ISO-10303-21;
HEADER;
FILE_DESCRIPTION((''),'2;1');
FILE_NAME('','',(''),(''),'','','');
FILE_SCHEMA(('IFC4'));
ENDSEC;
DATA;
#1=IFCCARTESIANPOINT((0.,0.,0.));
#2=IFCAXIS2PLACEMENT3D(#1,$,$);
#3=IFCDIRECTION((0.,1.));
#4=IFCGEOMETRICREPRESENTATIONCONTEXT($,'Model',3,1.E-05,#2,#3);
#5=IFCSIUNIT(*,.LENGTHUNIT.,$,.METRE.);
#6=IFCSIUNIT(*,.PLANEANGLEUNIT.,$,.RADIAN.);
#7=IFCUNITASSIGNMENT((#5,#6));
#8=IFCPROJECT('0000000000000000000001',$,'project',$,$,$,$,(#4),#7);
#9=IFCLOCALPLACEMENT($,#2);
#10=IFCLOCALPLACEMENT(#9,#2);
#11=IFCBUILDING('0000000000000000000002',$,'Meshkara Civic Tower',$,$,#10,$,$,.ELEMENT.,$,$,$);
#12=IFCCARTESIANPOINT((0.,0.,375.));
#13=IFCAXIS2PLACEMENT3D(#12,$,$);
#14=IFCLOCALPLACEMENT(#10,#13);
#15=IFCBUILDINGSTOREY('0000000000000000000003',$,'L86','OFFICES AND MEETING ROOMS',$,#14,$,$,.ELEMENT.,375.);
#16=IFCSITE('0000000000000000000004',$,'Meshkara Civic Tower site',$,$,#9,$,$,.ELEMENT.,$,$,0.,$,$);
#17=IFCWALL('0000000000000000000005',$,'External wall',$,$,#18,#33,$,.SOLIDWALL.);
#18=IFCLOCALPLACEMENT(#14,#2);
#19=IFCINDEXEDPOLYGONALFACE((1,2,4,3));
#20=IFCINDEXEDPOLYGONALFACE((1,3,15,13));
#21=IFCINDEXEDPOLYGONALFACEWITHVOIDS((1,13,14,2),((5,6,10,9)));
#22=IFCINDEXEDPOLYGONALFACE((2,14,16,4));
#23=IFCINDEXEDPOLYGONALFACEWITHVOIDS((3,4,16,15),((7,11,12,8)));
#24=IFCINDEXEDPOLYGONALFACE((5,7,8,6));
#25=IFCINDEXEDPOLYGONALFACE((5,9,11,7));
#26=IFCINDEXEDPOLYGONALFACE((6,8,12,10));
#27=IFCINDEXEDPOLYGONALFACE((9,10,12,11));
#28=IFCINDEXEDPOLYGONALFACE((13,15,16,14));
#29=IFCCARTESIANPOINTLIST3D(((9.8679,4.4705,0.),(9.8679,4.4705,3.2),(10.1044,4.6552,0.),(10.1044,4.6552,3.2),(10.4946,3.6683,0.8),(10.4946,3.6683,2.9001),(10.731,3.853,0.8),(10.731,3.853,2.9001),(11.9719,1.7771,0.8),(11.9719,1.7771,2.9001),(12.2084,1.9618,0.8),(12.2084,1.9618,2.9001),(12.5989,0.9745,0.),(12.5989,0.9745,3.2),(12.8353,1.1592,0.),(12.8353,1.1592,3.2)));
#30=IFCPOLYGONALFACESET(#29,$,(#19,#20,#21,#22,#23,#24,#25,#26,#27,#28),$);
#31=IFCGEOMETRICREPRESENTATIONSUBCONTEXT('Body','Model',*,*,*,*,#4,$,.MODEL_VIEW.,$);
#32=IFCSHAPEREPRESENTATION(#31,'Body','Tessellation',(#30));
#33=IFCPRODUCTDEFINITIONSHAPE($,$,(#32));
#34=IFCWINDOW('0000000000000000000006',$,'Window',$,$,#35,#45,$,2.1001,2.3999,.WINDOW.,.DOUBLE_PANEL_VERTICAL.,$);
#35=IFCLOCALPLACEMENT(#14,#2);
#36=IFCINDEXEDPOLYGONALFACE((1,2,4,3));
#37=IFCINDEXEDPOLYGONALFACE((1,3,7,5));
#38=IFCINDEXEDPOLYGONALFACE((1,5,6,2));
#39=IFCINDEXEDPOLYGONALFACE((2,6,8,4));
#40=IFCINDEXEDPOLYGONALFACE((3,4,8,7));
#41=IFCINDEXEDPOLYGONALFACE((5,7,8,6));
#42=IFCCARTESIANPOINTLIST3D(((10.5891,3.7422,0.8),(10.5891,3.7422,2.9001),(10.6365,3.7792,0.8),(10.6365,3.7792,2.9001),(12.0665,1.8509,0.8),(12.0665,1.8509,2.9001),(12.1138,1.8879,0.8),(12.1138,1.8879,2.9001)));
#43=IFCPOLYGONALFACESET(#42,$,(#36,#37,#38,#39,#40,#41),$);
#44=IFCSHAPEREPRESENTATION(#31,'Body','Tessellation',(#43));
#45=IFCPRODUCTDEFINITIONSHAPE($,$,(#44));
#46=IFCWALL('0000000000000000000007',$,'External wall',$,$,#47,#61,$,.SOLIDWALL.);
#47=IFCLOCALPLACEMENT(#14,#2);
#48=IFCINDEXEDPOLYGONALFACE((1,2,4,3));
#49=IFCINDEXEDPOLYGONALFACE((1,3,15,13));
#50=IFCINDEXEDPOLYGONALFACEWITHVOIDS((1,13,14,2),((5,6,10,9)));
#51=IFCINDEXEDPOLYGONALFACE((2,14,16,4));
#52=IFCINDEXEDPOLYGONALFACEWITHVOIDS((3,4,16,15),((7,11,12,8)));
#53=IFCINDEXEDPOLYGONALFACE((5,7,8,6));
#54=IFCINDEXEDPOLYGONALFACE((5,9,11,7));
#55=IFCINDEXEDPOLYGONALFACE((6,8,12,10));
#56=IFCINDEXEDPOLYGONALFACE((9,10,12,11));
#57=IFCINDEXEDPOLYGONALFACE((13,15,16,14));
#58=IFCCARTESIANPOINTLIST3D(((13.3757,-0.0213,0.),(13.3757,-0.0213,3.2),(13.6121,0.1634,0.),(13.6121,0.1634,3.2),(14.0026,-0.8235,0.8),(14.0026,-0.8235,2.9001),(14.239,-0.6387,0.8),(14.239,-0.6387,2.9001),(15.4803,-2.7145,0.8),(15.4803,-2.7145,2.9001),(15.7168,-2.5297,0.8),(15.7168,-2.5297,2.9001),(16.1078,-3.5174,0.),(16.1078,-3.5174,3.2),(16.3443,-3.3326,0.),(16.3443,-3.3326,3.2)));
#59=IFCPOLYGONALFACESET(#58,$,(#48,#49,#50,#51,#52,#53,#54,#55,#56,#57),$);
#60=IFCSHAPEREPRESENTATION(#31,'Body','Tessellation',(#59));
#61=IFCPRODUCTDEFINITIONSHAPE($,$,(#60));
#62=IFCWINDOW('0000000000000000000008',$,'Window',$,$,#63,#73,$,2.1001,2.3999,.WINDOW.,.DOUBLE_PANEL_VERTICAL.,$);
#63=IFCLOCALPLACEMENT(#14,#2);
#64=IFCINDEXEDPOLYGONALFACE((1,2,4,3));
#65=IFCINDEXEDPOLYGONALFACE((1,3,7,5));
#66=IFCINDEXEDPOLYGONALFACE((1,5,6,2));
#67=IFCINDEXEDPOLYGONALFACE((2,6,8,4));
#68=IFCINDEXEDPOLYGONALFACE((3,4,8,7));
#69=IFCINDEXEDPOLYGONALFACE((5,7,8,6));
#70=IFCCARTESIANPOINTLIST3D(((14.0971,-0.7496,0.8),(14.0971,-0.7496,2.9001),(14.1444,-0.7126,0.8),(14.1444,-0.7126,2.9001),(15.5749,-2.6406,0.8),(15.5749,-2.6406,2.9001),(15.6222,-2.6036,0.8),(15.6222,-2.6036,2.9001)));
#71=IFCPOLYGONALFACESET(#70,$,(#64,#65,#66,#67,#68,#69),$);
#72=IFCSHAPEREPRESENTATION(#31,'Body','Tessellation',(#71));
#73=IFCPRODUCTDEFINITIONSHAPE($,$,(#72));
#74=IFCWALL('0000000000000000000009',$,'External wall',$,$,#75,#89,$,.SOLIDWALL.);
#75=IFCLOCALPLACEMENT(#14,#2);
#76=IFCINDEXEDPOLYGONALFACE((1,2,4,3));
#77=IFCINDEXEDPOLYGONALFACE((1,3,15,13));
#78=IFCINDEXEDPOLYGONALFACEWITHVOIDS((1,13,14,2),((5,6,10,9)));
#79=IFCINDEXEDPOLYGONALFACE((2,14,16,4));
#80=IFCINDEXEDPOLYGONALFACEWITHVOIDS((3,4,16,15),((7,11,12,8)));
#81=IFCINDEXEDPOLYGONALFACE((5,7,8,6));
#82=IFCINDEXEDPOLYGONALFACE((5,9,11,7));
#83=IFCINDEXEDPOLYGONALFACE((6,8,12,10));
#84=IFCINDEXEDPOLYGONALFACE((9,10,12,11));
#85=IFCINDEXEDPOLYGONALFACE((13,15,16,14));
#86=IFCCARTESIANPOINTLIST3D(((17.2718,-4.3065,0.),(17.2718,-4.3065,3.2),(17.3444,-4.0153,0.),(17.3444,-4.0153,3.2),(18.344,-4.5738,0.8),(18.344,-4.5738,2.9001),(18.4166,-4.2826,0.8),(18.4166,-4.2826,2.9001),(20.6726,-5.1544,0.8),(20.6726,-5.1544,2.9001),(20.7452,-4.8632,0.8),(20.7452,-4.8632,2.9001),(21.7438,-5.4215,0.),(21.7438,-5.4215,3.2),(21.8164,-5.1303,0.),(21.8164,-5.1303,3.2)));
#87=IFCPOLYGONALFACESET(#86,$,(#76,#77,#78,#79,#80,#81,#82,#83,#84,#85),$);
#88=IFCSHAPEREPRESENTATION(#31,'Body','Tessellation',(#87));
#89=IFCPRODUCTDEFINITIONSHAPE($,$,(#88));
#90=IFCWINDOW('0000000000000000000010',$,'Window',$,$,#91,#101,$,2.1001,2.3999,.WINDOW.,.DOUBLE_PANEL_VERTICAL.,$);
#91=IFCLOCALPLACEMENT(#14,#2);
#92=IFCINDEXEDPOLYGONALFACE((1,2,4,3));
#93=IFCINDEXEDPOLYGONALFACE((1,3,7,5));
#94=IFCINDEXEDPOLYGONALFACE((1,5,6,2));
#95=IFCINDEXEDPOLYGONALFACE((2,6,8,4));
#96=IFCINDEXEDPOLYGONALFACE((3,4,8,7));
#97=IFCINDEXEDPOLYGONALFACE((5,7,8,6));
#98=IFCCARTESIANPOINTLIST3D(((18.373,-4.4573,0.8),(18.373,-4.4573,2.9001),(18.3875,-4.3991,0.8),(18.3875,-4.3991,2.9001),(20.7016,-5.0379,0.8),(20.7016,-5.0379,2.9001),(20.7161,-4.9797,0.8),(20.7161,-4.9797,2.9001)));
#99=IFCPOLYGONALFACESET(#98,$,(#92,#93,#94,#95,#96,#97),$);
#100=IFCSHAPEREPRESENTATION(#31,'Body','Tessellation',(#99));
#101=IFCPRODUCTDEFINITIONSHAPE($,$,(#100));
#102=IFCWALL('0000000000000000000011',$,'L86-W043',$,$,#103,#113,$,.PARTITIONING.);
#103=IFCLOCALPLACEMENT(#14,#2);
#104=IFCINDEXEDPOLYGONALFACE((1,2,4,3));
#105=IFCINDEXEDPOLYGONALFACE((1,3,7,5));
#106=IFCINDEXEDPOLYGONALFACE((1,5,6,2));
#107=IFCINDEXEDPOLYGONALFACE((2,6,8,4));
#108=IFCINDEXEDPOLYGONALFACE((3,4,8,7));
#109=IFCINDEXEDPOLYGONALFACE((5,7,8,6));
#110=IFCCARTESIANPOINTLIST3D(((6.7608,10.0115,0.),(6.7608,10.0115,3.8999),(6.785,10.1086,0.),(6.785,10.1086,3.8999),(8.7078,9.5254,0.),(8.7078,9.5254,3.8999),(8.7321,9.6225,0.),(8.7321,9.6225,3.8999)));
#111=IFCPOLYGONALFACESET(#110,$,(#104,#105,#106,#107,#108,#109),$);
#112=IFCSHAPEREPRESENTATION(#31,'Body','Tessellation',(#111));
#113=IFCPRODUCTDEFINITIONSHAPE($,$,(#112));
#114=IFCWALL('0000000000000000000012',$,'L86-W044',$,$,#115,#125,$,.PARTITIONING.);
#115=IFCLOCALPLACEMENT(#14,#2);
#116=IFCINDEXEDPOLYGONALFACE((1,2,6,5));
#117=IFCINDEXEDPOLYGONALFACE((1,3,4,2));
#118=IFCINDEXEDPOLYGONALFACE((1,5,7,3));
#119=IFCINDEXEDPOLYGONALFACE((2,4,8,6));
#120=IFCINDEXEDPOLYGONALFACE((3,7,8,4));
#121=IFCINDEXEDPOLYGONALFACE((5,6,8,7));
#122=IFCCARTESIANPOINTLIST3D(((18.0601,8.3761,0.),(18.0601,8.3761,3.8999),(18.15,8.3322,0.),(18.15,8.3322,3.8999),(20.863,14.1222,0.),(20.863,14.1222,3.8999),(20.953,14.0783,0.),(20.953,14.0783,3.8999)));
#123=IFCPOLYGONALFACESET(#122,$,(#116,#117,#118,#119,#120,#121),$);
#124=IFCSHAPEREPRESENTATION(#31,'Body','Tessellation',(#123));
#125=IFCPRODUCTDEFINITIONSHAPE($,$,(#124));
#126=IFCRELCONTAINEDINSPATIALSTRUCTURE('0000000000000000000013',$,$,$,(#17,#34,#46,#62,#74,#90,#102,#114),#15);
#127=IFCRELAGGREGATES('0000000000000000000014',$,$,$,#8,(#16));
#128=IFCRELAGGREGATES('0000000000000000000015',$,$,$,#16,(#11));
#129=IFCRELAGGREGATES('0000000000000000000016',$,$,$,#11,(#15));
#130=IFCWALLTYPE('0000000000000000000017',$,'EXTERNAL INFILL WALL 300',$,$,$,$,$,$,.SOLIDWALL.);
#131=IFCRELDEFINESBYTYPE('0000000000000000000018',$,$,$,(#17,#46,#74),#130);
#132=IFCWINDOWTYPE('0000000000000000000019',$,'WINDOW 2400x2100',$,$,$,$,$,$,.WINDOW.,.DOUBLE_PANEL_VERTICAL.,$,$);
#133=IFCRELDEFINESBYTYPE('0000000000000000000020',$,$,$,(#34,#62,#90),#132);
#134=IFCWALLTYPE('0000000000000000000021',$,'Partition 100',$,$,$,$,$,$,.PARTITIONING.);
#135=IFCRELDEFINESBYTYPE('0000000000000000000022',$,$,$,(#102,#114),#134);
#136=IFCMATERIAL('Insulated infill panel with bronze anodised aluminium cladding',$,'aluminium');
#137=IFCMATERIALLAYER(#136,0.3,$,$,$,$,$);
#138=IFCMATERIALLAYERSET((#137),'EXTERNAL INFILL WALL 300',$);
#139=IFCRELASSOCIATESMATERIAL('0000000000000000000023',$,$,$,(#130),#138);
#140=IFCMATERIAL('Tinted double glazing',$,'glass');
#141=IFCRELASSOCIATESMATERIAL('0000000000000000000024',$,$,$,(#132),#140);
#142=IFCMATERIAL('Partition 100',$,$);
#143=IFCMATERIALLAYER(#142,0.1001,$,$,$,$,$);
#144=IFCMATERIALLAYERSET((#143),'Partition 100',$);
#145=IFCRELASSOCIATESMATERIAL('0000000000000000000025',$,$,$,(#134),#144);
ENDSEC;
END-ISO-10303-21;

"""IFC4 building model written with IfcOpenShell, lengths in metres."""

from ifc_helpers import new_model, si_unit, direction, frame, frame_2d, origin, place, context, subcontext, project, spatial, rectangle, extrude, material, layer, layer_set, type_object, element, fill, save


model = new_model("IFC4")

# Units and contexts
model_context = context("Model", 3, precision=1e-05, world=origin(), true_north=direction((0.0, 1.0)))
body_context = subcontext(model_context, "Body", "Model", "MODEL_VIEW")
ifc_project = project(units=[si_unit("LENGTHUNIT", "METRE"), si_unit("PLANEANGLEUNIT", "RADIAN")], contexts=[model_context])

# Site, building, storey
site_placement = place(None, origin())
site = spatial("IfcSite", under=ifc_project, at=site_placement, Name="Meshkara Civic Tower site", CompositionType="ELEMENT", RefElevation=0.0)
building_placement = place(site_placement, origin())
building = spatial("IfcBuilding", under=site, at=building_placement, Name="Meshkara Civic Tower", CompositionType="ELEMENT")
storey_placement = place(building_placement, frame((0.0, 0.0, 375.0)))
storey = spatial("IfcBuildingStorey", under=building, at=storey_placement, Name="L86", Description="OFFICES AND MEETING ROOMS", CompositionType="ELEMENT", Elevation=375.0)

# Walls, openings, windows
ifc_material_1 = material(Name="Insulated infill panel with bronze anodised aluminium cladding", Category="aluminium")
ifc_layer_1 = layer(ifc_material_1, 0.3)
ifc_layer_set_1 = layer_set([ifc_layer_1], Name="EXTERNAL INFILL WALL 300")
wall_type_1 = type_object("IfcWallType", Name="EXTERNAL INFILL WALL 300", PredefinedType="SOLIDWALL", material=ifc_layer_set_1)
wall_1_placement = place(storey_placement, frame((9.9861, 4.563, 0.0), z_axis=(0.0, 0.0, 1.0), x_axis=(0.615593, -0.788064, 0.0)))
wall_1 = element("IfcWall", 1, at=wall_1_placement, inside=storey, type_object=wall_type_1, Name="External wall", PredefinedType="SOLIDWALL", context=body_context, shape_type="SweptSolid", body=[
    extrude(rectangle(XDim=4.4363, YDim=0.3, at=frame_2d((2.2183, 0.0))), origin(), (0.0, 0.0, 1.0), 3.2),
])
opening_1_placement = place(wall_1_placement, frame((1.0181, 0.0, 0.8)))
opening_1 = element("IfcOpeningElement", 2, at=opening_1_placement, cuts=wall_1, PredefinedType="OPENING", context=body_context, shape_type="SweptSolid", body=[
    extrude(rectangle(XDim=2.3999, YDim=2.1001, at=frame_2d((1.2, 1.05))), frame((0.0, 0.1599, 0.0), z_axis=(0.0, -1.0, 0.0), x_axis=(1.0, 0.0, 0.0)), (0.0, 0.0, 1.0), 0.3201),
])
ifc_material_2 = material(Name="Tinted double glazing", Category="glass")
window_type = type_object("IfcWindowType", Name="WINDOW 2400x2100", PartitioningType="DOUBLE_PANEL_VERTICAL", PredefinedType="WINDOW", material=ifc_material_2)
window_1_placement = place(opening_1_placement, origin())
window_1 = element("IfcWindow", 3, at=window_1_placement, inside=storey, type_object=window_type, Name="Window", OverallHeight=2.1001, OverallWidth=2.3999, PartitioningType="DOUBLE_PANEL_VERTICAL", PredefinedType="WINDOW", context=body_context, shape_type="SweptSolid", body=[
    extrude(rectangle(XDim=2.3999, YDim=2.1001, at=frame_2d((1.2, 1.05))), frame((0.0, 0.03, 0.0), z_axis=(0.0, -1.0, 0.0), x_axis=(1.0, 0.0, 0.0)), (0.0, 0.0, 1.0), 0.0601),
])
fill(opening_1, window_1)
wall_2_placement = place(storey_placement, frame((13.4939, 0.071, 0.0), z_axis=(0.0, 0.0, 1.0), x_axis=(0.615764, -0.787931, 0.0)))
wall_2 = element("IfcWall", 4, at=wall_2_placement, inside=storey, type_object=wall_type_1, Name="External wall", PredefinedType="SOLIDWALL", context=body_context, shape_type="SweptSolid", body=[
    extrude(rectangle(XDim=4.437, YDim=0.3, at=frame_2d((2.2185, 0.0))), origin(), (0.0, 0.0, 1.0), 3.2),
])
opening_2_placement = place(wall_2_placement, frame((1.0181, 0.0, 0.8)))
opening_2 = element("IfcOpeningElement", 5, at=opening_2_placement, cuts=wall_2, PredefinedType="OPENING", context=body_context, shape_type="SweptSolid", body=[
    extrude(rectangle(XDim=2.3999, YDim=2.1001, at=frame_2d((1.2, 1.05))), frame((0.0, 0.1599, 0.0), z_axis=(0.0, -1.0, 0.0), x_axis=(1.0, 0.0, 0.0)), (0.0, 0.0, 1.0), 0.3201),
])
window_2_placement = place(opening_2_placement, origin())
window_2 = element("IfcWindow", 6, at=window_2_placement, inside=storey, type_object=window_type, Name="Window", OverallHeight=2.1001, OverallWidth=2.3999, PartitioningType="DOUBLE_PANEL_VERTICAL", PredefinedType="WINDOW", context=body_context, shape_type="SweptSolid", body=[
    extrude(rectangle(XDim=2.3999, YDim=2.1001, at=frame_2d((1.2, 1.05))), frame((0.0, 0.03, 0.0), z_axis=(0.0, -1.0, 0.0), x_axis=(1.0, 0.0, 0.0)), (0.0, 0.0, 1.0), 0.0601),
])
fill(opening_2, window_2)
wall_3_placement = place(storey_placement, frame((17.3081, -4.1609, 0.0), z_axis=(0.0, 0.0, 1.0), x_axis=(0.970295, -0.241925, 0.0)))
wall_3 = element("IfcWall", 7, at=wall_3_placement, inside=storey, type_object=wall_type_1, Name="External wall", PredefinedType="SOLIDWALL", context=body_context, shape_type="SweptSolid", body=[
    extrude(rectangle(XDim=4.6089, YDim=0.3, at=frame_2d((2.3044, 0.0))), origin(), (0.0, 0.0, 1.0), 3.2),
])
opening_3_placement = place(wall_3_placement, frame((1.105, 0.0, 0.8)))
opening_3 = element("IfcOpeningElement", 8, at=opening_3_placement, cuts=wall_3, PredefinedType="OPENING", context=body_context, shape_type="SweptSolid", body=[
    extrude(rectangle(XDim=2.3999, YDim=2.1001, at=frame_2d((1.2, 1.05))), frame((0.0, 0.1599, 0.0), z_axis=(0.0, -1.0, 0.0), x_axis=(1.0, 0.0, 0.0)), (0.0, 0.0, 1.0), 0.3201),
])
window_3_placement = place(opening_3_placement, origin())
window_3 = element("IfcWindow", 9, at=window_3_placement, inside=storey, type_object=window_type, Name="Window", OverallHeight=2.1001, OverallWidth=2.3999, PartitioningType="DOUBLE_PANEL_VERTICAL", PredefinedType="WINDOW", context=body_context, shape_type="SweptSolid", body=[
    extrude(rectangle(XDim=2.3999, YDim=2.1001, at=frame_2d((1.2, 1.05))), frame((0.0, 0.03, 0.0), z_axis=(0.0, -1.0, 0.0), x_axis=(1.0, 0.0, 0.0)), (0.0, 0.0, 1.0), 0.0601),
])
fill(opening_3, window_3)

# Walls
ifc_material_3 = material(Name="Partition 100")
ifc_layer_2 = layer(ifc_material_3, 0.1001)
ifc_layer_set_2 = layer_set([ifc_layer_2], Name="Partition 100")
wall_type_2 = type_object("IfcWallType", Name="Partition 100", PredefinedType="PARTITIONING", material=ifc_layer_set_2)
wall_4_placement = place(storey_placement, frame((8.72, 9.574, 0.0), z_axis=(0.0, 0.0, 1.0), x_axis=(-0.970221, 0.242221, 0.0)))
element("IfcWall", 10, at=wall_4_placement, inside=storey, type_object=wall_type_2, Name="L86-W043", PredefinedType="PARTITIONING", context=body_context, shape_type="SweptSolid", body=[
    extrude(rectangle(XDim=2.0068, YDim=0.1001, at=frame_2d((1.0034, 0.0))), origin(), (0.0, 0.0, 1.0), 3.8999),
])
wall_5_placement = place(storey_placement, frame((18.105, 8.354, 0.0), z_axis=(0.0, 0.0, 1.0), x_axis=(0.438424, 0.898768, 0.0)))
element("IfcWall", 11, at=wall_5_placement, inside=storey, type_object=wall_type_2, Name="L86-W044", PredefinedType="PARTITIONING", context=body_context, shape_type="SweptSolid", body=[
    extrude(rectangle(XDim=6.3933, YDim=0.1001, at=frame_2d((3.1968, 0.0))), origin(), (0.0, 0.0, 1.0), 3.8999),
])

save(model, "model.ifc")
